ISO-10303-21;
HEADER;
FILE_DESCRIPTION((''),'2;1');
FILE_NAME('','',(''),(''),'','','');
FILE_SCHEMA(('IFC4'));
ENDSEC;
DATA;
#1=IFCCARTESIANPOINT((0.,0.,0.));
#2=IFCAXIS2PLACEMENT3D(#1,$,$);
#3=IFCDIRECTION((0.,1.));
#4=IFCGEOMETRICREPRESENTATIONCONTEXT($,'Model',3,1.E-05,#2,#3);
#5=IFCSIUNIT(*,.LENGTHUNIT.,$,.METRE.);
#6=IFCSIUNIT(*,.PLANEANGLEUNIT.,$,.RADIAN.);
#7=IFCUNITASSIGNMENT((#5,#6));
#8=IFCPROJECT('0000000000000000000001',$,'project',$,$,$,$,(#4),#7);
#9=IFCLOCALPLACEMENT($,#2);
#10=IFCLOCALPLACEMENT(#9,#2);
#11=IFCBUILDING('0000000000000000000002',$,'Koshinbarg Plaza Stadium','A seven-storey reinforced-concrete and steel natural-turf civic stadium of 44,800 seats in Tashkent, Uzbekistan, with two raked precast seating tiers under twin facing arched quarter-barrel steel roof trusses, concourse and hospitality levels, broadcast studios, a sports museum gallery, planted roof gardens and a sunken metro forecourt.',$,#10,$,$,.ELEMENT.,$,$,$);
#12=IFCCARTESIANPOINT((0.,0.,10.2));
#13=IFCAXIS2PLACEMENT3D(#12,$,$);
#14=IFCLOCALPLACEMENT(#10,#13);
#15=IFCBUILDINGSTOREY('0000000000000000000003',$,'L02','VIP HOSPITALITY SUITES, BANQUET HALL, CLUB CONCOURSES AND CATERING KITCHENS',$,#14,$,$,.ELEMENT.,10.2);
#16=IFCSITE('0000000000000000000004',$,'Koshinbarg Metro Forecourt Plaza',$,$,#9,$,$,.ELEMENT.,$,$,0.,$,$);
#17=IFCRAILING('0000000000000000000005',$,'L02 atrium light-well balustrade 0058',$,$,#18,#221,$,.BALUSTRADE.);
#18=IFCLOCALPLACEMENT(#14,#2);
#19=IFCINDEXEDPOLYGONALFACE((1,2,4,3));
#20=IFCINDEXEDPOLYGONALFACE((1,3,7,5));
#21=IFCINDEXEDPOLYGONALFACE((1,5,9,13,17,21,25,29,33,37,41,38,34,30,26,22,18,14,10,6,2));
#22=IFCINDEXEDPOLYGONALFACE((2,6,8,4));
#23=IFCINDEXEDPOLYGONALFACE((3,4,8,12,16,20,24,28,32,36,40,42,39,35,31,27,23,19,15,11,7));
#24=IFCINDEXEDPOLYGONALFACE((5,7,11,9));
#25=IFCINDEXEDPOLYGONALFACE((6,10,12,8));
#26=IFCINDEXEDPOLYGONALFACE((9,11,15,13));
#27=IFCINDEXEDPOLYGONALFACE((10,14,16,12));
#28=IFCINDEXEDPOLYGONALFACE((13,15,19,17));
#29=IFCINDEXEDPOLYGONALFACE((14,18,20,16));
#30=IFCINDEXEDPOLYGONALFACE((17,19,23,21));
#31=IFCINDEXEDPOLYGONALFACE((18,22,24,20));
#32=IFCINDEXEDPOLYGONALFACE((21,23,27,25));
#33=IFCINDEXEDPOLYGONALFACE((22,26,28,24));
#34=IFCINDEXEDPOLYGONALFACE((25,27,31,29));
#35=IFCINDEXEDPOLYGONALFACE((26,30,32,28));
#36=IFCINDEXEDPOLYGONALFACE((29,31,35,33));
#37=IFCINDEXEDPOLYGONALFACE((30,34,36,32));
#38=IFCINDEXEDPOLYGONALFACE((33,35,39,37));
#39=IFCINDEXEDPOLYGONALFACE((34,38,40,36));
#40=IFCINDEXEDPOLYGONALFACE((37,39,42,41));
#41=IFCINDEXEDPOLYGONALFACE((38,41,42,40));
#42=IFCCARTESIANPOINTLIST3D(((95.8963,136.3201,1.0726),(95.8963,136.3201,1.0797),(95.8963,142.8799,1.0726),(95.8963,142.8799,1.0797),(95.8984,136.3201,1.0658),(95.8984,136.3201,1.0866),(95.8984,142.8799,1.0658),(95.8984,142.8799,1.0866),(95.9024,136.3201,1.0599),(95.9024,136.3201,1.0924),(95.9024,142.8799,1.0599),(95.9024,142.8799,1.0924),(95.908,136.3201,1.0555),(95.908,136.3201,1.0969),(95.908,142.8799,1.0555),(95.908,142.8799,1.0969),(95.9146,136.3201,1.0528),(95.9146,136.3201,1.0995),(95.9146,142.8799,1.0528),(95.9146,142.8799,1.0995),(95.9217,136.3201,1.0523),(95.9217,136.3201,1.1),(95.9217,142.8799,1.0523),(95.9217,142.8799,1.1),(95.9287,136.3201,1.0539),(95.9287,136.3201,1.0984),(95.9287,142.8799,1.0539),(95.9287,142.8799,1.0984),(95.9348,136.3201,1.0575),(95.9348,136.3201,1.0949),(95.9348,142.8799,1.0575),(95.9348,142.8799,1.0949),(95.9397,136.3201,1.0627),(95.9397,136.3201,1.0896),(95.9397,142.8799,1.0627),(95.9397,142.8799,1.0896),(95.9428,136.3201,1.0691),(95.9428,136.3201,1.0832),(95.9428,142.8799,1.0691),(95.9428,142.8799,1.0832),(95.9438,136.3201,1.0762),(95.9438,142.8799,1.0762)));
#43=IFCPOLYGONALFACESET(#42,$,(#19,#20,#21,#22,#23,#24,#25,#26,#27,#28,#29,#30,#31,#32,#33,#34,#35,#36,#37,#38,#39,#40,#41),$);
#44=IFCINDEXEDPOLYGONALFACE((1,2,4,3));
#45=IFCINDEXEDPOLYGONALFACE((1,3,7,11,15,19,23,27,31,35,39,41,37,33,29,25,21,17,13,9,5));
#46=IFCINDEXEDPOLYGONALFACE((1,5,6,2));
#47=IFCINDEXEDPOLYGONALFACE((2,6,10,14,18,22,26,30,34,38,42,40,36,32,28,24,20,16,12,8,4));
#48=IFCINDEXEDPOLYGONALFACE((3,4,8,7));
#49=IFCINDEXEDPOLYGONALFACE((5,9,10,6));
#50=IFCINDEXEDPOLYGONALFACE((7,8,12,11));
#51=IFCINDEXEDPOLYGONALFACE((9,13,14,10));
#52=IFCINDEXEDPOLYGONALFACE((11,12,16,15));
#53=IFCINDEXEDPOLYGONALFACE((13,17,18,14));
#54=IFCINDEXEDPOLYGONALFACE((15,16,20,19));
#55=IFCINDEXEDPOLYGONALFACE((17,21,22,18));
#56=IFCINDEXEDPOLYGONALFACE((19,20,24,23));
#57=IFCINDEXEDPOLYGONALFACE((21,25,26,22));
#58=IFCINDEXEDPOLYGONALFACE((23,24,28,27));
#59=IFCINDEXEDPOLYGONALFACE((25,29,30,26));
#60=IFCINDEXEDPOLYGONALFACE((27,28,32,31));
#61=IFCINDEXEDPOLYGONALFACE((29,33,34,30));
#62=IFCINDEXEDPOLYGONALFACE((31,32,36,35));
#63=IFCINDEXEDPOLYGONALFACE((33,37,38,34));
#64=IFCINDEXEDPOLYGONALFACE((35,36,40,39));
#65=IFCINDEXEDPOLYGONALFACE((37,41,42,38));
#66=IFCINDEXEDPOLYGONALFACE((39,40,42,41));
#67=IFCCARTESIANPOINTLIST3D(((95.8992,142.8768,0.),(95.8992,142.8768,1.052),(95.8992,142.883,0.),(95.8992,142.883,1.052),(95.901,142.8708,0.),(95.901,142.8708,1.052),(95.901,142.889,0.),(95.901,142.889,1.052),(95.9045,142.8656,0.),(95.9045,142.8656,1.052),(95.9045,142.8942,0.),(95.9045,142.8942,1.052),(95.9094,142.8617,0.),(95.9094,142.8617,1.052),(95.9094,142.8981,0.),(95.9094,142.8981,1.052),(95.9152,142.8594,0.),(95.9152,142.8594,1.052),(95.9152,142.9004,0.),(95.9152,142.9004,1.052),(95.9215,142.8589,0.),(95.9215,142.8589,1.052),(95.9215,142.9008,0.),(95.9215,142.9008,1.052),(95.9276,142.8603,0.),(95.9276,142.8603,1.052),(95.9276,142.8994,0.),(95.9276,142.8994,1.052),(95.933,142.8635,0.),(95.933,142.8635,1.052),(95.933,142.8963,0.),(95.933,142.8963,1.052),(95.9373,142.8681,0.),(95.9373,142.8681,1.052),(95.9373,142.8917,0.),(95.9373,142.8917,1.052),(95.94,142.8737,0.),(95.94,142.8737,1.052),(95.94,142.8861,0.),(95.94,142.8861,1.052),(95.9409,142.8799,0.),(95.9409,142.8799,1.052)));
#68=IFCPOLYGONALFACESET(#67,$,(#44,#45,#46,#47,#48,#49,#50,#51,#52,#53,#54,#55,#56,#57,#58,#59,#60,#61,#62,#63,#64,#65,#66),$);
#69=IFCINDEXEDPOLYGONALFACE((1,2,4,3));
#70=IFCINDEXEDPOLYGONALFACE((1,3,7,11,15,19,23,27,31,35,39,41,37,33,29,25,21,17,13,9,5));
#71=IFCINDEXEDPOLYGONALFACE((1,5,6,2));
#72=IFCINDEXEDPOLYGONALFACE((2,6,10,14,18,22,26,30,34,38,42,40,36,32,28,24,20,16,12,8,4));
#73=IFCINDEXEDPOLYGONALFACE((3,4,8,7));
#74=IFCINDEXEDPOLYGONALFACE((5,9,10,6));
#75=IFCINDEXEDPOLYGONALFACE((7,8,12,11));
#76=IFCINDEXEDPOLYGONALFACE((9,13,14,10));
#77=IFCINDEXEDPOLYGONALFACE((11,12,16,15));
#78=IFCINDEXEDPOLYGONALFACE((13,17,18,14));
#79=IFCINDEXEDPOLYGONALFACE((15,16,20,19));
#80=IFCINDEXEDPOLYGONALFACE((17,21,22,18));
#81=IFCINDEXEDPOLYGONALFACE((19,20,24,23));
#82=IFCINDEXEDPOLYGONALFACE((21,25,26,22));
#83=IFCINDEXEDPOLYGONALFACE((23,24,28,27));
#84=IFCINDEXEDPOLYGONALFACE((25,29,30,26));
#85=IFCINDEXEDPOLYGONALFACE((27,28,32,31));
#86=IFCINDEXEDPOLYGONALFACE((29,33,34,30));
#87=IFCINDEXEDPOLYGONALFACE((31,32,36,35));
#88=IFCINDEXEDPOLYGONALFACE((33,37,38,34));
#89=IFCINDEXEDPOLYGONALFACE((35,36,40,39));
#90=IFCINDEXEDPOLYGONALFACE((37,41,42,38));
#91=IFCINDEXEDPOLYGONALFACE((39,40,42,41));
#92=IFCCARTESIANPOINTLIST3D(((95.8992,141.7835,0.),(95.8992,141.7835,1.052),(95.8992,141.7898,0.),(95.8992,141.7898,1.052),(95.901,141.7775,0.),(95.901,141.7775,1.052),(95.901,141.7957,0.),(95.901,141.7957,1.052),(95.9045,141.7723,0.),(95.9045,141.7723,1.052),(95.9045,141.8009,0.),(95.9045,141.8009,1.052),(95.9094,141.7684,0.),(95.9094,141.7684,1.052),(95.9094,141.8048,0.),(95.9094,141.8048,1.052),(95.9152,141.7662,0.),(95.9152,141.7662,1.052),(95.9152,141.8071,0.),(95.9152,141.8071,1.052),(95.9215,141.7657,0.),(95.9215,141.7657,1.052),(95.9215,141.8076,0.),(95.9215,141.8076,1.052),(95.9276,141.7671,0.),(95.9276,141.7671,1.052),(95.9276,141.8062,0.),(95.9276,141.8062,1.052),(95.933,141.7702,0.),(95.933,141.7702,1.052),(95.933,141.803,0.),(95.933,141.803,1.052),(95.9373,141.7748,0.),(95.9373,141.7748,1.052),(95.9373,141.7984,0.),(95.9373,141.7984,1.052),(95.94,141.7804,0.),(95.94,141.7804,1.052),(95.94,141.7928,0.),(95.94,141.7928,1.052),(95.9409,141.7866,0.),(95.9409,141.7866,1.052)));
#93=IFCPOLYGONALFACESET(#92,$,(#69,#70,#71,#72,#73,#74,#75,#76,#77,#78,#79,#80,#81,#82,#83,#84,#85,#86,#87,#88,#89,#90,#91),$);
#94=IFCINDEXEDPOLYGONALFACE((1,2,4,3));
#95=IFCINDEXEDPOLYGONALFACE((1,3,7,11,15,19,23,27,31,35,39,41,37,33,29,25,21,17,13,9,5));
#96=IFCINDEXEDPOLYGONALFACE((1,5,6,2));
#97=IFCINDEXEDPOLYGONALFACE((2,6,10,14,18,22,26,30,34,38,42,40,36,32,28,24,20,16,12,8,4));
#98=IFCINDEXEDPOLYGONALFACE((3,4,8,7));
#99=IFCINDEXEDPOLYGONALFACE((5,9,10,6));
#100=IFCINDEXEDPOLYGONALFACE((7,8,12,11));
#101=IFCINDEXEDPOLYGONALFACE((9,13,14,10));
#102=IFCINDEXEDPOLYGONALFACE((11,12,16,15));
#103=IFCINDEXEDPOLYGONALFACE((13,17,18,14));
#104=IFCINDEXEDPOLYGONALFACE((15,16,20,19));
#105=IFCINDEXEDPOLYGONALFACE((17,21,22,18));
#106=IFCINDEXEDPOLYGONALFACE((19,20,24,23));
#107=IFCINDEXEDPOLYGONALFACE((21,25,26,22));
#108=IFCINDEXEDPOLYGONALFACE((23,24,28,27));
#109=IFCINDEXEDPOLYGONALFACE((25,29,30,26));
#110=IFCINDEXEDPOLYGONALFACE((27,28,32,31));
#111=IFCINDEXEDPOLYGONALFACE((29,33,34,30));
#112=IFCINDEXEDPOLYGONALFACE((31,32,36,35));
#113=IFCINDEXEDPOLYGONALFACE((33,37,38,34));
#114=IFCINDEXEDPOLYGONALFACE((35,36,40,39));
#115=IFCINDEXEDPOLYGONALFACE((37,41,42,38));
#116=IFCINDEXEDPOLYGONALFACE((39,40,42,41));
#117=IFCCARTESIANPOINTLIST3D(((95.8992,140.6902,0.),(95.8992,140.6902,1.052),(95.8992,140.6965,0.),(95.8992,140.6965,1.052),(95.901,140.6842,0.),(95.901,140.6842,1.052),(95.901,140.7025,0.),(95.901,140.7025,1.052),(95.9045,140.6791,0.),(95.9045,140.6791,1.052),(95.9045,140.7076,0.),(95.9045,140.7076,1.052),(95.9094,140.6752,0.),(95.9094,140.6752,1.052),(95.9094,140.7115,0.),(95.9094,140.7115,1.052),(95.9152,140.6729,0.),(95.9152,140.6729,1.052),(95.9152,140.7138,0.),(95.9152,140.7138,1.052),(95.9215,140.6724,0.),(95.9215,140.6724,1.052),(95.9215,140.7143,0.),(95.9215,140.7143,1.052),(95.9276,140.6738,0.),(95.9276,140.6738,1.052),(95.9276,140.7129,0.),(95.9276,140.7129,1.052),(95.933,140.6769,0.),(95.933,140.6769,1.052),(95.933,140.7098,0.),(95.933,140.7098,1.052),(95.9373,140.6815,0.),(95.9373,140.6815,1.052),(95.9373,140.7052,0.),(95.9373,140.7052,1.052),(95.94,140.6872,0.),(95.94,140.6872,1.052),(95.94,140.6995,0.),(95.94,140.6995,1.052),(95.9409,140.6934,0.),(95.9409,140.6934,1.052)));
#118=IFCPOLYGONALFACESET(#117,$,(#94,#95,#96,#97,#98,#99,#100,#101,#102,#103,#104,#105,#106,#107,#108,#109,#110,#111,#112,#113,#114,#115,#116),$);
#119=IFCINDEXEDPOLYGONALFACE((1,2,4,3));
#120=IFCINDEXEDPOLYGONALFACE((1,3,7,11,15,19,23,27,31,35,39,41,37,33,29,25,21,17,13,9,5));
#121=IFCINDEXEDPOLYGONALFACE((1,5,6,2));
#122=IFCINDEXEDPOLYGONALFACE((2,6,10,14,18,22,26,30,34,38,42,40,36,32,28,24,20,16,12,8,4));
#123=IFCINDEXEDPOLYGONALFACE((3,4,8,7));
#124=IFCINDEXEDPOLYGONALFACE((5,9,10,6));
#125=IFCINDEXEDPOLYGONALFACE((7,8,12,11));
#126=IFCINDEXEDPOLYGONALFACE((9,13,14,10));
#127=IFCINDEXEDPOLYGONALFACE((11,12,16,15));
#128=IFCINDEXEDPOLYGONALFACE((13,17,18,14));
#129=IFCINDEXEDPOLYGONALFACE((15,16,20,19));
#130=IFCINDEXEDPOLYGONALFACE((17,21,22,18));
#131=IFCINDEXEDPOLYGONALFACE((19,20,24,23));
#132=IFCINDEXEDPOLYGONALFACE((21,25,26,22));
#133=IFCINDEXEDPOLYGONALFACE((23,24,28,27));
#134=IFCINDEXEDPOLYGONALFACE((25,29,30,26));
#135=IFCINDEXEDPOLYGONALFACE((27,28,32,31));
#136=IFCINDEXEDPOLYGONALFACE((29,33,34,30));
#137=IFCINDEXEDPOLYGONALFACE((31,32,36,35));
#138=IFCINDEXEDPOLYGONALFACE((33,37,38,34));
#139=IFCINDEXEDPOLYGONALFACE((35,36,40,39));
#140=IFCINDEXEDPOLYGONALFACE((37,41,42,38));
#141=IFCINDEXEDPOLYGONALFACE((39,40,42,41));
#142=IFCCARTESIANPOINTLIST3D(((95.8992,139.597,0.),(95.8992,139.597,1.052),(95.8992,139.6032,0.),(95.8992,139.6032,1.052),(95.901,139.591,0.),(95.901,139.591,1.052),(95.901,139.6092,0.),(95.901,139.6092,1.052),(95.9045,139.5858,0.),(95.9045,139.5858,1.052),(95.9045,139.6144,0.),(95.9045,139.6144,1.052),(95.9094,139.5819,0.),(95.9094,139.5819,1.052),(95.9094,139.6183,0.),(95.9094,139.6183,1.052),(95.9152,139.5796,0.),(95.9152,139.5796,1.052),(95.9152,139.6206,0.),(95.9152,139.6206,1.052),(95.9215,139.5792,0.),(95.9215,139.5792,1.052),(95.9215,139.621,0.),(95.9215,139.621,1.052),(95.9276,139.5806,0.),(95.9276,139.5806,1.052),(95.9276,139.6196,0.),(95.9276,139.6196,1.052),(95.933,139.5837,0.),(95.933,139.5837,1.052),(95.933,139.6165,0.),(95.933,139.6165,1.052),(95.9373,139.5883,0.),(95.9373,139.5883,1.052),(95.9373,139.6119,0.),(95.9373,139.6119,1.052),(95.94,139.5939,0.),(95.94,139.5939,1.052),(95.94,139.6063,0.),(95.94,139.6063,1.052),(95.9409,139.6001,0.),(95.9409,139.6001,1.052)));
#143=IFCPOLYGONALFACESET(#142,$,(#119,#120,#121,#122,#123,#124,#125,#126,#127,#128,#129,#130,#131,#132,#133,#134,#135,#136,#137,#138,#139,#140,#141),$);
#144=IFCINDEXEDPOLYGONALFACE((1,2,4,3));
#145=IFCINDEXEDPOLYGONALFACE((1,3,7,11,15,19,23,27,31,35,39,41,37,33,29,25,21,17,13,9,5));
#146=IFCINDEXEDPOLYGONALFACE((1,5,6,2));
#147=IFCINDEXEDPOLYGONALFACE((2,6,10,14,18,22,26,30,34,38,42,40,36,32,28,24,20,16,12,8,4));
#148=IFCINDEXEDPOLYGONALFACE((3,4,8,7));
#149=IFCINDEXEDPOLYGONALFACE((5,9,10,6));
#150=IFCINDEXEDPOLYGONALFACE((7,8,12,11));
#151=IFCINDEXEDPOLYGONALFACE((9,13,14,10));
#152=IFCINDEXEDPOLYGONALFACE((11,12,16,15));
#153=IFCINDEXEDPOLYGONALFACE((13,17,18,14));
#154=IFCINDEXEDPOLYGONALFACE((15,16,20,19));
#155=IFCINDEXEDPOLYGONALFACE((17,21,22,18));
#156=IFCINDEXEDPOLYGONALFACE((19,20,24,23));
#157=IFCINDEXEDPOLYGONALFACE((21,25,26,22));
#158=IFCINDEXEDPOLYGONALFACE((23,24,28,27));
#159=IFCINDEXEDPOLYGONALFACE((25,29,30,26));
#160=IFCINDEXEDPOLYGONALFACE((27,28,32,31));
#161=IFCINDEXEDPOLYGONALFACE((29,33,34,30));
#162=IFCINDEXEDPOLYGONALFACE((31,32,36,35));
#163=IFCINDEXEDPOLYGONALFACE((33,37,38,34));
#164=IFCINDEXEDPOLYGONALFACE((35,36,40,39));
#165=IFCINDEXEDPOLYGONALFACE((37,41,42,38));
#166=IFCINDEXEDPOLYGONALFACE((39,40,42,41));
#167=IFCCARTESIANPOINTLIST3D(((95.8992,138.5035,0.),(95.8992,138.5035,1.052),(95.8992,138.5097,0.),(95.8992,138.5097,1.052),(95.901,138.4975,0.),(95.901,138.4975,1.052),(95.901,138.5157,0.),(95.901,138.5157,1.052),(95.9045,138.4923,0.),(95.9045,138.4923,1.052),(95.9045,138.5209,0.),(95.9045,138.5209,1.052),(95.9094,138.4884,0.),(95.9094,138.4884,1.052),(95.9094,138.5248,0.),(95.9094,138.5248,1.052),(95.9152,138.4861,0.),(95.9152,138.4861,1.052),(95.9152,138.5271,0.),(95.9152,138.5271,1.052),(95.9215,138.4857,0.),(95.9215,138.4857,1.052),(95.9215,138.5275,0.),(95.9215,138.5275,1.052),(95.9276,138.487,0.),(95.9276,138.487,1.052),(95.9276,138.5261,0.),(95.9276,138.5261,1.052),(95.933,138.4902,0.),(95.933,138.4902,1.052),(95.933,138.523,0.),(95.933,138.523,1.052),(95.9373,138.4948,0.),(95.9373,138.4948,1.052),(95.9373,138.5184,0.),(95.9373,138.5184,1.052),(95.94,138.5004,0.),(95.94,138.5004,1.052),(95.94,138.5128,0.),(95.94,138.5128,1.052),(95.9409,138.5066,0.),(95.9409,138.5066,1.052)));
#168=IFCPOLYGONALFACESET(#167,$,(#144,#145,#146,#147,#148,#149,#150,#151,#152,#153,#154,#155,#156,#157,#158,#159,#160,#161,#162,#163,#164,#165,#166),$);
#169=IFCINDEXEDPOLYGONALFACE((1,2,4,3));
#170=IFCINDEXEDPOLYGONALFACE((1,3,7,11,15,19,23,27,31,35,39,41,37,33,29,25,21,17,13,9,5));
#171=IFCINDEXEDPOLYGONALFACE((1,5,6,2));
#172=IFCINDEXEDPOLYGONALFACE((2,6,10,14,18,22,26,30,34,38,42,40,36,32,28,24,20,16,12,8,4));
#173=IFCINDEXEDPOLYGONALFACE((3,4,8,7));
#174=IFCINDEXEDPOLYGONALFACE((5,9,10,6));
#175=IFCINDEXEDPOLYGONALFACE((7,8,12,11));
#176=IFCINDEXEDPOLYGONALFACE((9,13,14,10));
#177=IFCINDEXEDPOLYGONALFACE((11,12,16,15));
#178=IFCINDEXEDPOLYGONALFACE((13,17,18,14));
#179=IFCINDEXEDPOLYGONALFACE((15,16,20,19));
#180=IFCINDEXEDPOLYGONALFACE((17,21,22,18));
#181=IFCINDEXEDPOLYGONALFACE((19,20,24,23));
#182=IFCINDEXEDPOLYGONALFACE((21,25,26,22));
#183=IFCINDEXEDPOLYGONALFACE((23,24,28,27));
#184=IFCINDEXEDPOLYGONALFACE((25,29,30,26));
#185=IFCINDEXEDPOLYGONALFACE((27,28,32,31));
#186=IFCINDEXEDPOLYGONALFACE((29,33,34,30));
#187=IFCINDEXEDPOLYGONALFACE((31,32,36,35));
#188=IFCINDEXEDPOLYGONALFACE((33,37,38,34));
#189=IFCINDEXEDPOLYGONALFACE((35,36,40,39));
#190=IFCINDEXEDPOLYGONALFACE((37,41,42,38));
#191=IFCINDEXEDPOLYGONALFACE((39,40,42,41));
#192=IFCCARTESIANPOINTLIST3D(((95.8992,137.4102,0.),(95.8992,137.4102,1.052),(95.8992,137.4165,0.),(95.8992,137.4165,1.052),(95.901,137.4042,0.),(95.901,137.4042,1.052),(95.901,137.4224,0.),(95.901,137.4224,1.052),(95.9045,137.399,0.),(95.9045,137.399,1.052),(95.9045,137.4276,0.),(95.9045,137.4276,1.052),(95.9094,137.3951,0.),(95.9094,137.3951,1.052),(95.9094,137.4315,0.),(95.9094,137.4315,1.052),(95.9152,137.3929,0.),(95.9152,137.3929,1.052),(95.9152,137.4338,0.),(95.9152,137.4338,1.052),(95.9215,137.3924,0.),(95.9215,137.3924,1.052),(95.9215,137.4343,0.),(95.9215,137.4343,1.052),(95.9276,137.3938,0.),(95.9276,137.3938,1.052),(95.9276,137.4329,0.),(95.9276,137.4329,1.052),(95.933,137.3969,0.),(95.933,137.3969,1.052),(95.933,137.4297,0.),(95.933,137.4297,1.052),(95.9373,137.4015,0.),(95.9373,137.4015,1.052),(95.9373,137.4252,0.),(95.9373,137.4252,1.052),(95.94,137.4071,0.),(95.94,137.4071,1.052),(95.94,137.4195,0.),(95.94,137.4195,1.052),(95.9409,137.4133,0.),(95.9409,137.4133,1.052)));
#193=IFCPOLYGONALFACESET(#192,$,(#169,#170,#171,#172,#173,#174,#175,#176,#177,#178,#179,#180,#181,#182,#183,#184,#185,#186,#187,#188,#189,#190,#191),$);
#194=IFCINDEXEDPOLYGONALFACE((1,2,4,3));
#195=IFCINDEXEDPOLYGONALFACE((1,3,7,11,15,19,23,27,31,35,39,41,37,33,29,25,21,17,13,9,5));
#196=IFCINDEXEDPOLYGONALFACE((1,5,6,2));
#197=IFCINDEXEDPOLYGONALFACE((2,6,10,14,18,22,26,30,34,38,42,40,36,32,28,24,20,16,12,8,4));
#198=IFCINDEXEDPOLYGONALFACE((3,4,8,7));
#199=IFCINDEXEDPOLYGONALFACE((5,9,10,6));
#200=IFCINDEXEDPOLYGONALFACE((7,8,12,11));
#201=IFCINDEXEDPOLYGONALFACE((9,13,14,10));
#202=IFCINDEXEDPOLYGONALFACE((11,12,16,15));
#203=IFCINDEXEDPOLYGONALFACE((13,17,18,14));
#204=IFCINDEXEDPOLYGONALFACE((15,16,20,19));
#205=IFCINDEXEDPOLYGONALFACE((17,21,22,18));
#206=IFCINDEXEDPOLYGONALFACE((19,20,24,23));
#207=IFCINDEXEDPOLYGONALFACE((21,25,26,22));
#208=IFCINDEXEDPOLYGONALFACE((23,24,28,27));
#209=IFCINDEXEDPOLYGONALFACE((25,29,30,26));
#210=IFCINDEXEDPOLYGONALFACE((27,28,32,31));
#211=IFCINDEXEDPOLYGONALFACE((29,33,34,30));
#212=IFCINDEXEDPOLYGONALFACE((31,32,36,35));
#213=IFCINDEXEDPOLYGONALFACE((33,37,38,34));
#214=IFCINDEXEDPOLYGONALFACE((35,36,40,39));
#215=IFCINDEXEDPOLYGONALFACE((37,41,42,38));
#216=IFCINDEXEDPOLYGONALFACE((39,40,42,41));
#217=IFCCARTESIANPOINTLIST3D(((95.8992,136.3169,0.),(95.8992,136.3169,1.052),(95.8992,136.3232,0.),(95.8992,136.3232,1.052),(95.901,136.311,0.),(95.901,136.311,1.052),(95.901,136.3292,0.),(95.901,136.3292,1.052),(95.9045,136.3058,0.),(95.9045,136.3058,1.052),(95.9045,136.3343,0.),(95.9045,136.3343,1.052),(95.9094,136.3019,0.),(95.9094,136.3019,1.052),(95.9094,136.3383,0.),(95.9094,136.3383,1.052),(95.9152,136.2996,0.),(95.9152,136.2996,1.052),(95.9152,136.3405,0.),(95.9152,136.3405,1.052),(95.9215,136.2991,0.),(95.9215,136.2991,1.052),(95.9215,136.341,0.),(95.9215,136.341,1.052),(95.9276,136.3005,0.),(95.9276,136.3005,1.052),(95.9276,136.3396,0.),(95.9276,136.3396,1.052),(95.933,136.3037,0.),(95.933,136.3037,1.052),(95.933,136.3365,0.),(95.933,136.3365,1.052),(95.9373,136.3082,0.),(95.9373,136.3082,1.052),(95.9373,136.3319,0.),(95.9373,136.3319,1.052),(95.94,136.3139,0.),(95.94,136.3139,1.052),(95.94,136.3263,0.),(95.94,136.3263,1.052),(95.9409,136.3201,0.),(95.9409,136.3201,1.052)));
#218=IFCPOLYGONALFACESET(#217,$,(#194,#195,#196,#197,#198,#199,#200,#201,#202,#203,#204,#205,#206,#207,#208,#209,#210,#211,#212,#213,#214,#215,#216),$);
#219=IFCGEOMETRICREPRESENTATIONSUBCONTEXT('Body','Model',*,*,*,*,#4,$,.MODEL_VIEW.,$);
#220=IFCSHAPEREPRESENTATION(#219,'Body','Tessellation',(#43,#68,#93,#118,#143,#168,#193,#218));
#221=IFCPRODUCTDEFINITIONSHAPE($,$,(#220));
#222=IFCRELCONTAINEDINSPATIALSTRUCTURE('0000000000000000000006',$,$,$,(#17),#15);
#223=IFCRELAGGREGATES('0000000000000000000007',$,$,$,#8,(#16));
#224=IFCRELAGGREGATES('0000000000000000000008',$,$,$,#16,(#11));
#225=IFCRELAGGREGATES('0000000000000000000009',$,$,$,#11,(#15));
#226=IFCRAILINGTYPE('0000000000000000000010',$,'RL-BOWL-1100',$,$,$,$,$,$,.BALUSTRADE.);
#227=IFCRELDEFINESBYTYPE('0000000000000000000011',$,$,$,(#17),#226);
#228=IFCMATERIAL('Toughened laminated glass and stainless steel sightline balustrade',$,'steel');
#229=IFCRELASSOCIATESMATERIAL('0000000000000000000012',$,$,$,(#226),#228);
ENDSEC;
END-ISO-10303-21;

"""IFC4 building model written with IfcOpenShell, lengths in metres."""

from ifc_helpers import new_model, si_unit, direction, frame, origin, origin_2d, place, context, subcontext, project, spatial, circle, extrude, material, type_object, element, save


model = new_model("IFC4")

# Units and contexts
model_context = context("Model", 3, precision=1e-05, world=origin(), true_north=direction((0.0, 1.0)))
body_context = subcontext(model_context, "Body", "Model", "MODEL_VIEW")
ifc_project = project(units=[si_unit("LENGTHUNIT", "METRE"), si_unit("PLANEANGLEUNIT", "RADIAN")], contexts=[model_context])

# Site, building, storey
site_placement = place(None, origin())
site = spatial("IfcSite", under=ifc_project, at=site_placement, Name="Koshinbarg Metro Forecourt Plaza", CompositionType="ELEMENT", RefElevation=0.0)
building_placement = place(site_placement, origin())
building = spatial("IfcBuilding", under=site, at=building_placement, Name="Koshinbarg Plaza Stadium", Description="A seven-storey reinforced-concrete and steel natural-turf civic stadium of 44,800 seats in Tashkent, Uzbekistan, with two raked precast seating tiers under twin facing arched quarter-barrel steel roof trusses, concourse and hospitality levels, broadcast studios, a sports museum gallery, planted roof gardens and a sunken metro forecourt.", CompositionType="ELEMENT")
storey_placement = place(building_placement, frame((0.0, 0.0, 10.2)))
storey = spatial("IfcBuildingStorey", under=building, at=storey_placement, Name="L02", Description="VIP HOSPITALITY SUITES, BANQUET HALL, CLUB CONCOURSES AND CATERING KITCHENS", CompositionType="ELEMENT", Elevation=10.2)

# Railing
ifc_material_1 = material(Name="Toughened laminated glass and stainless steel sightline balustrade", Category="steel")
railing_type = type_object("IfcRailingType", Name="RL-BOWL-1100", PredefinedType="BALUSTRADE", material=ifc_material_1)
railing_1_placement = place(storey_placement, frame((95.9199, 142.8799, 0.0)))
element("IfcRailing", 1, at=railing_1_placement, inside=storey, type_object=railing_type, Name="L02 atrium light-well balustrade 0058", PredefinedType="BALUSTRADE", context=body_context, shape_type="SweptSolid", body=[
    extrude(circle(Radius=0.0239, at=origin_2d()), frame((0.0, 0.0, 1.0762), z_axis=(0.0, -1.0, 0.0), x_axis=(1.0, 0.0, 0.0)), (0.0, 0.0, 1.0), 6.5598),
    extrude(circle(Radius=0.021, at=origin_2d()), origin(), (0.0, 0.0, 1.0), 1.052),
    extrude(circle(Radius=0.021, at=origin_2d()), frame((0.0, -1.0933, 0.0)), (0.0, 0.0, 1.0), 1.052),
    extrude(circle(Radius=0.021, at=origin_2d()), frame((0.0, -2.1865, 0.0)), (0.0, 0.0, 1.0), 1.052),
    extrude(circle(Radius=0.021, at=origin_2d()), frame((0.0, -3.2798, 0.0)), (0.0, 0.0, 1.0), 1.052),
    extrude(circle(Radius=0.021, at=origin_2d()), frame((0.0, -4.3733, 0.0)), (0.0, 0.0, 1.0), 1.052),
    extrude(circle(Radius=0.021, at=origin_2d()), frame((0.0, -5.4666, 0.0)), (0.0, 0.0, 1.0), 1.052),
    extrude(circle(Radius=0.021, at=origin_2d()), frame((0.0, -6.5598, 0.0)), (0.0, 0.0, 1.0), 1.052),
])

save(model, "model.ifc")
